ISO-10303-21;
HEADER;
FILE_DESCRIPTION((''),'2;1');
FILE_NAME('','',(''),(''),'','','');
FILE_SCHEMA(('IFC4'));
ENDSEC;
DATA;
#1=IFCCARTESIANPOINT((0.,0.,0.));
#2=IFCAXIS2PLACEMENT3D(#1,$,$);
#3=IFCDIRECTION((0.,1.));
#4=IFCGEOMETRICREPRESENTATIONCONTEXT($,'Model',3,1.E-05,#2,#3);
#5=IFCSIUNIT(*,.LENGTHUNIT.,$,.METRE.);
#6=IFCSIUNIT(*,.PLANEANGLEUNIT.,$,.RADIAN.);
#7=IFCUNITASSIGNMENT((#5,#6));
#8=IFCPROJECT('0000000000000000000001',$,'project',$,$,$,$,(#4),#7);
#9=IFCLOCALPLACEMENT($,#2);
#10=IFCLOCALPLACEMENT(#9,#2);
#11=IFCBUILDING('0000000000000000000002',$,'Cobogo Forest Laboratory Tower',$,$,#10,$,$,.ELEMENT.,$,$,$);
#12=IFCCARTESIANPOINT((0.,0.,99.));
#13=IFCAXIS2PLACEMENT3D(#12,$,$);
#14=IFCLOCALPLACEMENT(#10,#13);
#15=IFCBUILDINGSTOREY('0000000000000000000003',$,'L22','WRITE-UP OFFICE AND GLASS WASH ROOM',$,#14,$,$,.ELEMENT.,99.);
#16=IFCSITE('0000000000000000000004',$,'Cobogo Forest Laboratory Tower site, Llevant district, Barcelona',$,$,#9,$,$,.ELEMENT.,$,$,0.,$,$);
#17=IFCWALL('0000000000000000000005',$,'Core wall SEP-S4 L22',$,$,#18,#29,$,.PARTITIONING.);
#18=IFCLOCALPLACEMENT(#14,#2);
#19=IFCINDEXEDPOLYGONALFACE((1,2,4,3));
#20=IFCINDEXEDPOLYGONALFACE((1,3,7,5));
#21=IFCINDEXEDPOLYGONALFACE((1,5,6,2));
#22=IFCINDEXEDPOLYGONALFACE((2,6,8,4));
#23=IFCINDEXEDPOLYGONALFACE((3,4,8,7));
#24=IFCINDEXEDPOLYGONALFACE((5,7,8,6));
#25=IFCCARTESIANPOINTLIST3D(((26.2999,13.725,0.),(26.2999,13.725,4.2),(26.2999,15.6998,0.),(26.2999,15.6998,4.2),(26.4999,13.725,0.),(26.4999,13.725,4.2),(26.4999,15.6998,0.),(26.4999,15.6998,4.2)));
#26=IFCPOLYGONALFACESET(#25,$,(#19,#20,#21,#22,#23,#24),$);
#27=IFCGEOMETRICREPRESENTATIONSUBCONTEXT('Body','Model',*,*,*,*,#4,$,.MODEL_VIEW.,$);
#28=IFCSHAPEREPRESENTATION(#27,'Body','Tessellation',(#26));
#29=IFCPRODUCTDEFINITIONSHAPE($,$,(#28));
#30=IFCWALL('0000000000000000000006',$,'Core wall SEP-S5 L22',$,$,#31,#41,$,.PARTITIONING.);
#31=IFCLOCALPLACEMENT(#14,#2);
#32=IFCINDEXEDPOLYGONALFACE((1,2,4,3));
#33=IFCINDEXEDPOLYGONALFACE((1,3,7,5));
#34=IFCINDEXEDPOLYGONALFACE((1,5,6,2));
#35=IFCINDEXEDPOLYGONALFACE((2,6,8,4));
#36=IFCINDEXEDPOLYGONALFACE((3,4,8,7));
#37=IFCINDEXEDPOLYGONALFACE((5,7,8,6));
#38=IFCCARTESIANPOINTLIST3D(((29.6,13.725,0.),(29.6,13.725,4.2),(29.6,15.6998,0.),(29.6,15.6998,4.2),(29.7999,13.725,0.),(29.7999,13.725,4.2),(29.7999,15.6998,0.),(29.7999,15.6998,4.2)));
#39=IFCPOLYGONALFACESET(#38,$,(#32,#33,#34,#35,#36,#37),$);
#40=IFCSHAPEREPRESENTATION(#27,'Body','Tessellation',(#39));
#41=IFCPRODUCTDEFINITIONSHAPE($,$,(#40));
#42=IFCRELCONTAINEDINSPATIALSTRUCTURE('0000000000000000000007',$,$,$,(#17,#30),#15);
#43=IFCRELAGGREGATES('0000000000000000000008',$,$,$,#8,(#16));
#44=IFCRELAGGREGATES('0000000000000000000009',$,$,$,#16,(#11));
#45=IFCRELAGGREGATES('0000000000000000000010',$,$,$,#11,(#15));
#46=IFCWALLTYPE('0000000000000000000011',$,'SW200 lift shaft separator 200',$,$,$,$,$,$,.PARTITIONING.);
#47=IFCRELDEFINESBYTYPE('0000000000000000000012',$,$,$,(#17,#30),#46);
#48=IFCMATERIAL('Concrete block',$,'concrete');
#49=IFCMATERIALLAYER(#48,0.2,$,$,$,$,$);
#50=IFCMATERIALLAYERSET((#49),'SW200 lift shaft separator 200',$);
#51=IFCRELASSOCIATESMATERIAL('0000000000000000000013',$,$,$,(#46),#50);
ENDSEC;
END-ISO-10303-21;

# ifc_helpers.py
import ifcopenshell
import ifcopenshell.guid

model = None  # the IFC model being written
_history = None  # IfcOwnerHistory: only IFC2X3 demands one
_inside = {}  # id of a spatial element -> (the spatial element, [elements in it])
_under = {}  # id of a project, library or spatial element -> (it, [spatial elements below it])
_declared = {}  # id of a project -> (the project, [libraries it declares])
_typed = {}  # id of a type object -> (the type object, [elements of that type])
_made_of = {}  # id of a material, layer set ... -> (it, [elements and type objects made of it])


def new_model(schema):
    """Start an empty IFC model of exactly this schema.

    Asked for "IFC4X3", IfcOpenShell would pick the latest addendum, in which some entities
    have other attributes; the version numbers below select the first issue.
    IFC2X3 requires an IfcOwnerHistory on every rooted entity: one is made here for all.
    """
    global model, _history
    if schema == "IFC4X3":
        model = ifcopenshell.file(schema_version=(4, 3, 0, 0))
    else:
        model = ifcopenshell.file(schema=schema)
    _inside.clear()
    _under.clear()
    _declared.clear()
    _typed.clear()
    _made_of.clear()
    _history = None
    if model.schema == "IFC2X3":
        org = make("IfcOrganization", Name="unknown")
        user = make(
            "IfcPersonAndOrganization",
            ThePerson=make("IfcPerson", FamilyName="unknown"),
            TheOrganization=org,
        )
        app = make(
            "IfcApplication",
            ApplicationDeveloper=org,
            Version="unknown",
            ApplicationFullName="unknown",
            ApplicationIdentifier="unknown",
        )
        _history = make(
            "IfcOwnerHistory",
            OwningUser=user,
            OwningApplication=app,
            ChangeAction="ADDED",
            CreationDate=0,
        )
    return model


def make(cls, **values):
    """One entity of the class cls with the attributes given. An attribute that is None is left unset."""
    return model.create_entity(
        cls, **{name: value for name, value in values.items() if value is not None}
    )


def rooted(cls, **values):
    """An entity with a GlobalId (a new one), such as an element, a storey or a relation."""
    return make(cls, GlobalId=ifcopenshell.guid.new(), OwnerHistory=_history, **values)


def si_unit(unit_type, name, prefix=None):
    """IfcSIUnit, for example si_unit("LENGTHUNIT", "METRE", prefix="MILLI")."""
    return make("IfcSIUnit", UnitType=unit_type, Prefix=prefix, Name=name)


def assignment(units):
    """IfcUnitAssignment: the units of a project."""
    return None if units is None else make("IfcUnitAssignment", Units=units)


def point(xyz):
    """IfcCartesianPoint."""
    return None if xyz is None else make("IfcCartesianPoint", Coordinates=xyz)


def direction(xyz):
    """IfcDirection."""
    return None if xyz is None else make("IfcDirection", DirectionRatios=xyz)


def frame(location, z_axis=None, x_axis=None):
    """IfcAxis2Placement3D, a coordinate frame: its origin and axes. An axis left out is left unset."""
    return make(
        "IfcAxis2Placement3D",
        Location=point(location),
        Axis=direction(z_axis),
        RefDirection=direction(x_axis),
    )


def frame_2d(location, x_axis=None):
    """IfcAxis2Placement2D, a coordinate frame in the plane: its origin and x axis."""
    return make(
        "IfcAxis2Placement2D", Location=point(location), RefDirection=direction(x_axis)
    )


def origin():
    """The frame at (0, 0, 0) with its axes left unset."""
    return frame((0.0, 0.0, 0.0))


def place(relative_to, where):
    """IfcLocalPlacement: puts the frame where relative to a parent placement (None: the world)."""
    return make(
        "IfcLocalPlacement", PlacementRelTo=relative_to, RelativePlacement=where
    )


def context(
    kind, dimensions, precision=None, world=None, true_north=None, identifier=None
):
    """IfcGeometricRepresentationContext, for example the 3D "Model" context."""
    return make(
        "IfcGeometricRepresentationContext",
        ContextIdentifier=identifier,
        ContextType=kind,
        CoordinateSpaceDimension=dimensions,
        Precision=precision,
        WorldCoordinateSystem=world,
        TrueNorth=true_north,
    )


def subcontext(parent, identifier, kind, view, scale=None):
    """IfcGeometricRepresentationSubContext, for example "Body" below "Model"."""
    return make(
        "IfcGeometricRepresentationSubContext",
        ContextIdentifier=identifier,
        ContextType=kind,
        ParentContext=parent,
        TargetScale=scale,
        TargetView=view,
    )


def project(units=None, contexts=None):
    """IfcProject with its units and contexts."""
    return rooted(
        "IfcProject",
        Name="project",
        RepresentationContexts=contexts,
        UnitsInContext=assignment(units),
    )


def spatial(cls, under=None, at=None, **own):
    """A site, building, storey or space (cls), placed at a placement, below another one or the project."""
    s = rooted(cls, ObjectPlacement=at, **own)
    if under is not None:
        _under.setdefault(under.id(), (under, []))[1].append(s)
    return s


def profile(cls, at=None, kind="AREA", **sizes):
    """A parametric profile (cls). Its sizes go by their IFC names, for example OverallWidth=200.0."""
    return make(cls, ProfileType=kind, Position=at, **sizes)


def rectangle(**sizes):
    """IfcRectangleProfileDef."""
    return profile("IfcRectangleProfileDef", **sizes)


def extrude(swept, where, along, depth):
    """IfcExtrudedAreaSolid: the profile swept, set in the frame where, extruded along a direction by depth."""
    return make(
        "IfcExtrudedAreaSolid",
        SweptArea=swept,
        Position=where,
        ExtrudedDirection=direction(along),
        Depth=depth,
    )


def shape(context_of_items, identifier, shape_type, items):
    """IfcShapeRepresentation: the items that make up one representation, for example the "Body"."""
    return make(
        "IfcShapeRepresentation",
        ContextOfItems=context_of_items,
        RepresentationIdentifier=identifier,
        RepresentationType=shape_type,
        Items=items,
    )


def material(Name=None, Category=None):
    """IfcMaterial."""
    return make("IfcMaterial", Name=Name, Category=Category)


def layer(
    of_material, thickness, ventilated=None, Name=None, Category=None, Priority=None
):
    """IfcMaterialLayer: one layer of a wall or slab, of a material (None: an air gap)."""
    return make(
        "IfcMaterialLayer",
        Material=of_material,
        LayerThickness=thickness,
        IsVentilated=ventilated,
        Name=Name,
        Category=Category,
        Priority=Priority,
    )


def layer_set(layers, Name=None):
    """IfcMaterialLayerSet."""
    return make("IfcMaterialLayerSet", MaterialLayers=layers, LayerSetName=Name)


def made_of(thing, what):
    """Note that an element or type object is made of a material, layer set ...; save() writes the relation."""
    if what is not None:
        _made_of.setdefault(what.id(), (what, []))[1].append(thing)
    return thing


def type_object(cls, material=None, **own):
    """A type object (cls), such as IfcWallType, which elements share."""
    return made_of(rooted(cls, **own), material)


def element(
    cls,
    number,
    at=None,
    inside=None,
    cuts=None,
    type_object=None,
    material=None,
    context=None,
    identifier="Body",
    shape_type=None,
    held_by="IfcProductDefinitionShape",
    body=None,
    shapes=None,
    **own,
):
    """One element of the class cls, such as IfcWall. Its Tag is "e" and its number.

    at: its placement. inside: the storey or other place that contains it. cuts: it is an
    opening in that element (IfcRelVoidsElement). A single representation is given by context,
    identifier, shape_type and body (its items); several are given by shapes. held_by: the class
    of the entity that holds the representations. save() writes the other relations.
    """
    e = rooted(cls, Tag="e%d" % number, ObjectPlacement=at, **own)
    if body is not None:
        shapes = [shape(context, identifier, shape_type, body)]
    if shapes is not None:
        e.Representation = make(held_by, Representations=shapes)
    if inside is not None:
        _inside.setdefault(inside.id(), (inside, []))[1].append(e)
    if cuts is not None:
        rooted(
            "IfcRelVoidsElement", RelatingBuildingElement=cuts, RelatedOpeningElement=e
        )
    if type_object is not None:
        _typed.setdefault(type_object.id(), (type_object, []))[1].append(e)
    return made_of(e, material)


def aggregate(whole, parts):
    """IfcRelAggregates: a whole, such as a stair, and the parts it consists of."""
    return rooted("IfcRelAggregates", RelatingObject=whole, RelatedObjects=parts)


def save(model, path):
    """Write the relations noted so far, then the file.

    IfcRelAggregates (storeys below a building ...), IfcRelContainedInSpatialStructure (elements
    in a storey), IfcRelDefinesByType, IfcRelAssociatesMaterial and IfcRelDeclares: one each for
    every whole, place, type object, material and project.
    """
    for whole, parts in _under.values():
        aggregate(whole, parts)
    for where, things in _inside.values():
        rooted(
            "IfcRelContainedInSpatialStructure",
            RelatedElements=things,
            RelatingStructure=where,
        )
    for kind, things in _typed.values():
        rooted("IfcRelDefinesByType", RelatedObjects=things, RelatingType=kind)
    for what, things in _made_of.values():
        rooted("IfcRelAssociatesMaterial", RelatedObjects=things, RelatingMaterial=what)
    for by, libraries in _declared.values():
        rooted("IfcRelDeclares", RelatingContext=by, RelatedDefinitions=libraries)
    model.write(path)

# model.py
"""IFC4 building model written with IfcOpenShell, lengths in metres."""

from ifc_helpers import new_model, si_unit, direction, frame, frame_2d, origin, place, context, subcontext, project, spatial, rectangle, extrude, material, layer, layer_set, type_object, element, save


model = new_model("IFC4")

# Units and contexts
model_context = context("Model", 3, precision=1e-05, world=origin(), true_north=direction((0.0, 1.0)))
body_context = subcontext(model_context, "Body", "Model", "MODEL_VIEW")
ifc_project = project(units=[si_unit("LENGTHUNIT", "METRE"), si_unit("PLANEANGLEUNIT", "RADIAN")], contexts=[model_context])

# Site, building, storey
site_placement = place(None, origin())
site = spatial("IfcSite", under=ifc_project, at=site_placement, Name="Cobogo Forest Laboratory Tower site, Llevant district, Barcelona", CompositionType="ELEMENT", RefElevation=0.0)
building_placement = place(site_placement, origin())
building = spatial("IfcBuilding", under=site, at=building_placement, Name="Cobogo Forest Laboratory Tower", CompositionType="ELEMENT")
storey_placement = place(building_placement, frame((0.0, 0.0, 99.0)))
storey = spatial("IfcBuildingStorey", under=building, at=storey_placement, Name="L22", Description="WRITE-UP OFFICE AND GLASS WASH ROOM", CompositionType="ELEMENT", Elevation=99.0)

# Walls
ifc_material_1 = material(Name="Concrete block", Category="concrete")
ifc_layer_1 = layer(ifc_material_1, 0.2)
ifc_layer_set_1 = layer_set([ifc_layer_1], Name="SW200 lift shaft separator 200")
wall_type_1 = type_object("IfcWallType", Name="SW200 lift shaft separator 200", PredefinedType="PARTITIONING", material=ifc_layer_set_1)
for number, where, z_axis, x_axis, name in (
    (1, (26.3999, 13.7251, 0.0), (0.0, 0.0, 1.0), (0.0, 1.0, 0.0), "Core wall SEP-S4 L22"),
    (2, (29.7, 13.7251, 0.0), (0.0, 0.0, 1.0), (0.0, 1.0, 0.0), "Core wall SEP-S5 L22"),
):
    element("IfcWall", number, at=place(storey_placement, frame(where, z_axis=z_axis, x_axis=x_axis)), inside=storey, type_object=wall_type_1, Name=name, PredefinedType="PARTITIONING", context=body_context, shape_type="SweptSolid", body=[
        extrude(rectangle(XDim=1.9749, YDim=0.2, at=frame_2d((0.9873, 0.0))), origin(), (0.0, 0.0, 1.0), 4.2),
    ])

save(model, "model.ifc")
